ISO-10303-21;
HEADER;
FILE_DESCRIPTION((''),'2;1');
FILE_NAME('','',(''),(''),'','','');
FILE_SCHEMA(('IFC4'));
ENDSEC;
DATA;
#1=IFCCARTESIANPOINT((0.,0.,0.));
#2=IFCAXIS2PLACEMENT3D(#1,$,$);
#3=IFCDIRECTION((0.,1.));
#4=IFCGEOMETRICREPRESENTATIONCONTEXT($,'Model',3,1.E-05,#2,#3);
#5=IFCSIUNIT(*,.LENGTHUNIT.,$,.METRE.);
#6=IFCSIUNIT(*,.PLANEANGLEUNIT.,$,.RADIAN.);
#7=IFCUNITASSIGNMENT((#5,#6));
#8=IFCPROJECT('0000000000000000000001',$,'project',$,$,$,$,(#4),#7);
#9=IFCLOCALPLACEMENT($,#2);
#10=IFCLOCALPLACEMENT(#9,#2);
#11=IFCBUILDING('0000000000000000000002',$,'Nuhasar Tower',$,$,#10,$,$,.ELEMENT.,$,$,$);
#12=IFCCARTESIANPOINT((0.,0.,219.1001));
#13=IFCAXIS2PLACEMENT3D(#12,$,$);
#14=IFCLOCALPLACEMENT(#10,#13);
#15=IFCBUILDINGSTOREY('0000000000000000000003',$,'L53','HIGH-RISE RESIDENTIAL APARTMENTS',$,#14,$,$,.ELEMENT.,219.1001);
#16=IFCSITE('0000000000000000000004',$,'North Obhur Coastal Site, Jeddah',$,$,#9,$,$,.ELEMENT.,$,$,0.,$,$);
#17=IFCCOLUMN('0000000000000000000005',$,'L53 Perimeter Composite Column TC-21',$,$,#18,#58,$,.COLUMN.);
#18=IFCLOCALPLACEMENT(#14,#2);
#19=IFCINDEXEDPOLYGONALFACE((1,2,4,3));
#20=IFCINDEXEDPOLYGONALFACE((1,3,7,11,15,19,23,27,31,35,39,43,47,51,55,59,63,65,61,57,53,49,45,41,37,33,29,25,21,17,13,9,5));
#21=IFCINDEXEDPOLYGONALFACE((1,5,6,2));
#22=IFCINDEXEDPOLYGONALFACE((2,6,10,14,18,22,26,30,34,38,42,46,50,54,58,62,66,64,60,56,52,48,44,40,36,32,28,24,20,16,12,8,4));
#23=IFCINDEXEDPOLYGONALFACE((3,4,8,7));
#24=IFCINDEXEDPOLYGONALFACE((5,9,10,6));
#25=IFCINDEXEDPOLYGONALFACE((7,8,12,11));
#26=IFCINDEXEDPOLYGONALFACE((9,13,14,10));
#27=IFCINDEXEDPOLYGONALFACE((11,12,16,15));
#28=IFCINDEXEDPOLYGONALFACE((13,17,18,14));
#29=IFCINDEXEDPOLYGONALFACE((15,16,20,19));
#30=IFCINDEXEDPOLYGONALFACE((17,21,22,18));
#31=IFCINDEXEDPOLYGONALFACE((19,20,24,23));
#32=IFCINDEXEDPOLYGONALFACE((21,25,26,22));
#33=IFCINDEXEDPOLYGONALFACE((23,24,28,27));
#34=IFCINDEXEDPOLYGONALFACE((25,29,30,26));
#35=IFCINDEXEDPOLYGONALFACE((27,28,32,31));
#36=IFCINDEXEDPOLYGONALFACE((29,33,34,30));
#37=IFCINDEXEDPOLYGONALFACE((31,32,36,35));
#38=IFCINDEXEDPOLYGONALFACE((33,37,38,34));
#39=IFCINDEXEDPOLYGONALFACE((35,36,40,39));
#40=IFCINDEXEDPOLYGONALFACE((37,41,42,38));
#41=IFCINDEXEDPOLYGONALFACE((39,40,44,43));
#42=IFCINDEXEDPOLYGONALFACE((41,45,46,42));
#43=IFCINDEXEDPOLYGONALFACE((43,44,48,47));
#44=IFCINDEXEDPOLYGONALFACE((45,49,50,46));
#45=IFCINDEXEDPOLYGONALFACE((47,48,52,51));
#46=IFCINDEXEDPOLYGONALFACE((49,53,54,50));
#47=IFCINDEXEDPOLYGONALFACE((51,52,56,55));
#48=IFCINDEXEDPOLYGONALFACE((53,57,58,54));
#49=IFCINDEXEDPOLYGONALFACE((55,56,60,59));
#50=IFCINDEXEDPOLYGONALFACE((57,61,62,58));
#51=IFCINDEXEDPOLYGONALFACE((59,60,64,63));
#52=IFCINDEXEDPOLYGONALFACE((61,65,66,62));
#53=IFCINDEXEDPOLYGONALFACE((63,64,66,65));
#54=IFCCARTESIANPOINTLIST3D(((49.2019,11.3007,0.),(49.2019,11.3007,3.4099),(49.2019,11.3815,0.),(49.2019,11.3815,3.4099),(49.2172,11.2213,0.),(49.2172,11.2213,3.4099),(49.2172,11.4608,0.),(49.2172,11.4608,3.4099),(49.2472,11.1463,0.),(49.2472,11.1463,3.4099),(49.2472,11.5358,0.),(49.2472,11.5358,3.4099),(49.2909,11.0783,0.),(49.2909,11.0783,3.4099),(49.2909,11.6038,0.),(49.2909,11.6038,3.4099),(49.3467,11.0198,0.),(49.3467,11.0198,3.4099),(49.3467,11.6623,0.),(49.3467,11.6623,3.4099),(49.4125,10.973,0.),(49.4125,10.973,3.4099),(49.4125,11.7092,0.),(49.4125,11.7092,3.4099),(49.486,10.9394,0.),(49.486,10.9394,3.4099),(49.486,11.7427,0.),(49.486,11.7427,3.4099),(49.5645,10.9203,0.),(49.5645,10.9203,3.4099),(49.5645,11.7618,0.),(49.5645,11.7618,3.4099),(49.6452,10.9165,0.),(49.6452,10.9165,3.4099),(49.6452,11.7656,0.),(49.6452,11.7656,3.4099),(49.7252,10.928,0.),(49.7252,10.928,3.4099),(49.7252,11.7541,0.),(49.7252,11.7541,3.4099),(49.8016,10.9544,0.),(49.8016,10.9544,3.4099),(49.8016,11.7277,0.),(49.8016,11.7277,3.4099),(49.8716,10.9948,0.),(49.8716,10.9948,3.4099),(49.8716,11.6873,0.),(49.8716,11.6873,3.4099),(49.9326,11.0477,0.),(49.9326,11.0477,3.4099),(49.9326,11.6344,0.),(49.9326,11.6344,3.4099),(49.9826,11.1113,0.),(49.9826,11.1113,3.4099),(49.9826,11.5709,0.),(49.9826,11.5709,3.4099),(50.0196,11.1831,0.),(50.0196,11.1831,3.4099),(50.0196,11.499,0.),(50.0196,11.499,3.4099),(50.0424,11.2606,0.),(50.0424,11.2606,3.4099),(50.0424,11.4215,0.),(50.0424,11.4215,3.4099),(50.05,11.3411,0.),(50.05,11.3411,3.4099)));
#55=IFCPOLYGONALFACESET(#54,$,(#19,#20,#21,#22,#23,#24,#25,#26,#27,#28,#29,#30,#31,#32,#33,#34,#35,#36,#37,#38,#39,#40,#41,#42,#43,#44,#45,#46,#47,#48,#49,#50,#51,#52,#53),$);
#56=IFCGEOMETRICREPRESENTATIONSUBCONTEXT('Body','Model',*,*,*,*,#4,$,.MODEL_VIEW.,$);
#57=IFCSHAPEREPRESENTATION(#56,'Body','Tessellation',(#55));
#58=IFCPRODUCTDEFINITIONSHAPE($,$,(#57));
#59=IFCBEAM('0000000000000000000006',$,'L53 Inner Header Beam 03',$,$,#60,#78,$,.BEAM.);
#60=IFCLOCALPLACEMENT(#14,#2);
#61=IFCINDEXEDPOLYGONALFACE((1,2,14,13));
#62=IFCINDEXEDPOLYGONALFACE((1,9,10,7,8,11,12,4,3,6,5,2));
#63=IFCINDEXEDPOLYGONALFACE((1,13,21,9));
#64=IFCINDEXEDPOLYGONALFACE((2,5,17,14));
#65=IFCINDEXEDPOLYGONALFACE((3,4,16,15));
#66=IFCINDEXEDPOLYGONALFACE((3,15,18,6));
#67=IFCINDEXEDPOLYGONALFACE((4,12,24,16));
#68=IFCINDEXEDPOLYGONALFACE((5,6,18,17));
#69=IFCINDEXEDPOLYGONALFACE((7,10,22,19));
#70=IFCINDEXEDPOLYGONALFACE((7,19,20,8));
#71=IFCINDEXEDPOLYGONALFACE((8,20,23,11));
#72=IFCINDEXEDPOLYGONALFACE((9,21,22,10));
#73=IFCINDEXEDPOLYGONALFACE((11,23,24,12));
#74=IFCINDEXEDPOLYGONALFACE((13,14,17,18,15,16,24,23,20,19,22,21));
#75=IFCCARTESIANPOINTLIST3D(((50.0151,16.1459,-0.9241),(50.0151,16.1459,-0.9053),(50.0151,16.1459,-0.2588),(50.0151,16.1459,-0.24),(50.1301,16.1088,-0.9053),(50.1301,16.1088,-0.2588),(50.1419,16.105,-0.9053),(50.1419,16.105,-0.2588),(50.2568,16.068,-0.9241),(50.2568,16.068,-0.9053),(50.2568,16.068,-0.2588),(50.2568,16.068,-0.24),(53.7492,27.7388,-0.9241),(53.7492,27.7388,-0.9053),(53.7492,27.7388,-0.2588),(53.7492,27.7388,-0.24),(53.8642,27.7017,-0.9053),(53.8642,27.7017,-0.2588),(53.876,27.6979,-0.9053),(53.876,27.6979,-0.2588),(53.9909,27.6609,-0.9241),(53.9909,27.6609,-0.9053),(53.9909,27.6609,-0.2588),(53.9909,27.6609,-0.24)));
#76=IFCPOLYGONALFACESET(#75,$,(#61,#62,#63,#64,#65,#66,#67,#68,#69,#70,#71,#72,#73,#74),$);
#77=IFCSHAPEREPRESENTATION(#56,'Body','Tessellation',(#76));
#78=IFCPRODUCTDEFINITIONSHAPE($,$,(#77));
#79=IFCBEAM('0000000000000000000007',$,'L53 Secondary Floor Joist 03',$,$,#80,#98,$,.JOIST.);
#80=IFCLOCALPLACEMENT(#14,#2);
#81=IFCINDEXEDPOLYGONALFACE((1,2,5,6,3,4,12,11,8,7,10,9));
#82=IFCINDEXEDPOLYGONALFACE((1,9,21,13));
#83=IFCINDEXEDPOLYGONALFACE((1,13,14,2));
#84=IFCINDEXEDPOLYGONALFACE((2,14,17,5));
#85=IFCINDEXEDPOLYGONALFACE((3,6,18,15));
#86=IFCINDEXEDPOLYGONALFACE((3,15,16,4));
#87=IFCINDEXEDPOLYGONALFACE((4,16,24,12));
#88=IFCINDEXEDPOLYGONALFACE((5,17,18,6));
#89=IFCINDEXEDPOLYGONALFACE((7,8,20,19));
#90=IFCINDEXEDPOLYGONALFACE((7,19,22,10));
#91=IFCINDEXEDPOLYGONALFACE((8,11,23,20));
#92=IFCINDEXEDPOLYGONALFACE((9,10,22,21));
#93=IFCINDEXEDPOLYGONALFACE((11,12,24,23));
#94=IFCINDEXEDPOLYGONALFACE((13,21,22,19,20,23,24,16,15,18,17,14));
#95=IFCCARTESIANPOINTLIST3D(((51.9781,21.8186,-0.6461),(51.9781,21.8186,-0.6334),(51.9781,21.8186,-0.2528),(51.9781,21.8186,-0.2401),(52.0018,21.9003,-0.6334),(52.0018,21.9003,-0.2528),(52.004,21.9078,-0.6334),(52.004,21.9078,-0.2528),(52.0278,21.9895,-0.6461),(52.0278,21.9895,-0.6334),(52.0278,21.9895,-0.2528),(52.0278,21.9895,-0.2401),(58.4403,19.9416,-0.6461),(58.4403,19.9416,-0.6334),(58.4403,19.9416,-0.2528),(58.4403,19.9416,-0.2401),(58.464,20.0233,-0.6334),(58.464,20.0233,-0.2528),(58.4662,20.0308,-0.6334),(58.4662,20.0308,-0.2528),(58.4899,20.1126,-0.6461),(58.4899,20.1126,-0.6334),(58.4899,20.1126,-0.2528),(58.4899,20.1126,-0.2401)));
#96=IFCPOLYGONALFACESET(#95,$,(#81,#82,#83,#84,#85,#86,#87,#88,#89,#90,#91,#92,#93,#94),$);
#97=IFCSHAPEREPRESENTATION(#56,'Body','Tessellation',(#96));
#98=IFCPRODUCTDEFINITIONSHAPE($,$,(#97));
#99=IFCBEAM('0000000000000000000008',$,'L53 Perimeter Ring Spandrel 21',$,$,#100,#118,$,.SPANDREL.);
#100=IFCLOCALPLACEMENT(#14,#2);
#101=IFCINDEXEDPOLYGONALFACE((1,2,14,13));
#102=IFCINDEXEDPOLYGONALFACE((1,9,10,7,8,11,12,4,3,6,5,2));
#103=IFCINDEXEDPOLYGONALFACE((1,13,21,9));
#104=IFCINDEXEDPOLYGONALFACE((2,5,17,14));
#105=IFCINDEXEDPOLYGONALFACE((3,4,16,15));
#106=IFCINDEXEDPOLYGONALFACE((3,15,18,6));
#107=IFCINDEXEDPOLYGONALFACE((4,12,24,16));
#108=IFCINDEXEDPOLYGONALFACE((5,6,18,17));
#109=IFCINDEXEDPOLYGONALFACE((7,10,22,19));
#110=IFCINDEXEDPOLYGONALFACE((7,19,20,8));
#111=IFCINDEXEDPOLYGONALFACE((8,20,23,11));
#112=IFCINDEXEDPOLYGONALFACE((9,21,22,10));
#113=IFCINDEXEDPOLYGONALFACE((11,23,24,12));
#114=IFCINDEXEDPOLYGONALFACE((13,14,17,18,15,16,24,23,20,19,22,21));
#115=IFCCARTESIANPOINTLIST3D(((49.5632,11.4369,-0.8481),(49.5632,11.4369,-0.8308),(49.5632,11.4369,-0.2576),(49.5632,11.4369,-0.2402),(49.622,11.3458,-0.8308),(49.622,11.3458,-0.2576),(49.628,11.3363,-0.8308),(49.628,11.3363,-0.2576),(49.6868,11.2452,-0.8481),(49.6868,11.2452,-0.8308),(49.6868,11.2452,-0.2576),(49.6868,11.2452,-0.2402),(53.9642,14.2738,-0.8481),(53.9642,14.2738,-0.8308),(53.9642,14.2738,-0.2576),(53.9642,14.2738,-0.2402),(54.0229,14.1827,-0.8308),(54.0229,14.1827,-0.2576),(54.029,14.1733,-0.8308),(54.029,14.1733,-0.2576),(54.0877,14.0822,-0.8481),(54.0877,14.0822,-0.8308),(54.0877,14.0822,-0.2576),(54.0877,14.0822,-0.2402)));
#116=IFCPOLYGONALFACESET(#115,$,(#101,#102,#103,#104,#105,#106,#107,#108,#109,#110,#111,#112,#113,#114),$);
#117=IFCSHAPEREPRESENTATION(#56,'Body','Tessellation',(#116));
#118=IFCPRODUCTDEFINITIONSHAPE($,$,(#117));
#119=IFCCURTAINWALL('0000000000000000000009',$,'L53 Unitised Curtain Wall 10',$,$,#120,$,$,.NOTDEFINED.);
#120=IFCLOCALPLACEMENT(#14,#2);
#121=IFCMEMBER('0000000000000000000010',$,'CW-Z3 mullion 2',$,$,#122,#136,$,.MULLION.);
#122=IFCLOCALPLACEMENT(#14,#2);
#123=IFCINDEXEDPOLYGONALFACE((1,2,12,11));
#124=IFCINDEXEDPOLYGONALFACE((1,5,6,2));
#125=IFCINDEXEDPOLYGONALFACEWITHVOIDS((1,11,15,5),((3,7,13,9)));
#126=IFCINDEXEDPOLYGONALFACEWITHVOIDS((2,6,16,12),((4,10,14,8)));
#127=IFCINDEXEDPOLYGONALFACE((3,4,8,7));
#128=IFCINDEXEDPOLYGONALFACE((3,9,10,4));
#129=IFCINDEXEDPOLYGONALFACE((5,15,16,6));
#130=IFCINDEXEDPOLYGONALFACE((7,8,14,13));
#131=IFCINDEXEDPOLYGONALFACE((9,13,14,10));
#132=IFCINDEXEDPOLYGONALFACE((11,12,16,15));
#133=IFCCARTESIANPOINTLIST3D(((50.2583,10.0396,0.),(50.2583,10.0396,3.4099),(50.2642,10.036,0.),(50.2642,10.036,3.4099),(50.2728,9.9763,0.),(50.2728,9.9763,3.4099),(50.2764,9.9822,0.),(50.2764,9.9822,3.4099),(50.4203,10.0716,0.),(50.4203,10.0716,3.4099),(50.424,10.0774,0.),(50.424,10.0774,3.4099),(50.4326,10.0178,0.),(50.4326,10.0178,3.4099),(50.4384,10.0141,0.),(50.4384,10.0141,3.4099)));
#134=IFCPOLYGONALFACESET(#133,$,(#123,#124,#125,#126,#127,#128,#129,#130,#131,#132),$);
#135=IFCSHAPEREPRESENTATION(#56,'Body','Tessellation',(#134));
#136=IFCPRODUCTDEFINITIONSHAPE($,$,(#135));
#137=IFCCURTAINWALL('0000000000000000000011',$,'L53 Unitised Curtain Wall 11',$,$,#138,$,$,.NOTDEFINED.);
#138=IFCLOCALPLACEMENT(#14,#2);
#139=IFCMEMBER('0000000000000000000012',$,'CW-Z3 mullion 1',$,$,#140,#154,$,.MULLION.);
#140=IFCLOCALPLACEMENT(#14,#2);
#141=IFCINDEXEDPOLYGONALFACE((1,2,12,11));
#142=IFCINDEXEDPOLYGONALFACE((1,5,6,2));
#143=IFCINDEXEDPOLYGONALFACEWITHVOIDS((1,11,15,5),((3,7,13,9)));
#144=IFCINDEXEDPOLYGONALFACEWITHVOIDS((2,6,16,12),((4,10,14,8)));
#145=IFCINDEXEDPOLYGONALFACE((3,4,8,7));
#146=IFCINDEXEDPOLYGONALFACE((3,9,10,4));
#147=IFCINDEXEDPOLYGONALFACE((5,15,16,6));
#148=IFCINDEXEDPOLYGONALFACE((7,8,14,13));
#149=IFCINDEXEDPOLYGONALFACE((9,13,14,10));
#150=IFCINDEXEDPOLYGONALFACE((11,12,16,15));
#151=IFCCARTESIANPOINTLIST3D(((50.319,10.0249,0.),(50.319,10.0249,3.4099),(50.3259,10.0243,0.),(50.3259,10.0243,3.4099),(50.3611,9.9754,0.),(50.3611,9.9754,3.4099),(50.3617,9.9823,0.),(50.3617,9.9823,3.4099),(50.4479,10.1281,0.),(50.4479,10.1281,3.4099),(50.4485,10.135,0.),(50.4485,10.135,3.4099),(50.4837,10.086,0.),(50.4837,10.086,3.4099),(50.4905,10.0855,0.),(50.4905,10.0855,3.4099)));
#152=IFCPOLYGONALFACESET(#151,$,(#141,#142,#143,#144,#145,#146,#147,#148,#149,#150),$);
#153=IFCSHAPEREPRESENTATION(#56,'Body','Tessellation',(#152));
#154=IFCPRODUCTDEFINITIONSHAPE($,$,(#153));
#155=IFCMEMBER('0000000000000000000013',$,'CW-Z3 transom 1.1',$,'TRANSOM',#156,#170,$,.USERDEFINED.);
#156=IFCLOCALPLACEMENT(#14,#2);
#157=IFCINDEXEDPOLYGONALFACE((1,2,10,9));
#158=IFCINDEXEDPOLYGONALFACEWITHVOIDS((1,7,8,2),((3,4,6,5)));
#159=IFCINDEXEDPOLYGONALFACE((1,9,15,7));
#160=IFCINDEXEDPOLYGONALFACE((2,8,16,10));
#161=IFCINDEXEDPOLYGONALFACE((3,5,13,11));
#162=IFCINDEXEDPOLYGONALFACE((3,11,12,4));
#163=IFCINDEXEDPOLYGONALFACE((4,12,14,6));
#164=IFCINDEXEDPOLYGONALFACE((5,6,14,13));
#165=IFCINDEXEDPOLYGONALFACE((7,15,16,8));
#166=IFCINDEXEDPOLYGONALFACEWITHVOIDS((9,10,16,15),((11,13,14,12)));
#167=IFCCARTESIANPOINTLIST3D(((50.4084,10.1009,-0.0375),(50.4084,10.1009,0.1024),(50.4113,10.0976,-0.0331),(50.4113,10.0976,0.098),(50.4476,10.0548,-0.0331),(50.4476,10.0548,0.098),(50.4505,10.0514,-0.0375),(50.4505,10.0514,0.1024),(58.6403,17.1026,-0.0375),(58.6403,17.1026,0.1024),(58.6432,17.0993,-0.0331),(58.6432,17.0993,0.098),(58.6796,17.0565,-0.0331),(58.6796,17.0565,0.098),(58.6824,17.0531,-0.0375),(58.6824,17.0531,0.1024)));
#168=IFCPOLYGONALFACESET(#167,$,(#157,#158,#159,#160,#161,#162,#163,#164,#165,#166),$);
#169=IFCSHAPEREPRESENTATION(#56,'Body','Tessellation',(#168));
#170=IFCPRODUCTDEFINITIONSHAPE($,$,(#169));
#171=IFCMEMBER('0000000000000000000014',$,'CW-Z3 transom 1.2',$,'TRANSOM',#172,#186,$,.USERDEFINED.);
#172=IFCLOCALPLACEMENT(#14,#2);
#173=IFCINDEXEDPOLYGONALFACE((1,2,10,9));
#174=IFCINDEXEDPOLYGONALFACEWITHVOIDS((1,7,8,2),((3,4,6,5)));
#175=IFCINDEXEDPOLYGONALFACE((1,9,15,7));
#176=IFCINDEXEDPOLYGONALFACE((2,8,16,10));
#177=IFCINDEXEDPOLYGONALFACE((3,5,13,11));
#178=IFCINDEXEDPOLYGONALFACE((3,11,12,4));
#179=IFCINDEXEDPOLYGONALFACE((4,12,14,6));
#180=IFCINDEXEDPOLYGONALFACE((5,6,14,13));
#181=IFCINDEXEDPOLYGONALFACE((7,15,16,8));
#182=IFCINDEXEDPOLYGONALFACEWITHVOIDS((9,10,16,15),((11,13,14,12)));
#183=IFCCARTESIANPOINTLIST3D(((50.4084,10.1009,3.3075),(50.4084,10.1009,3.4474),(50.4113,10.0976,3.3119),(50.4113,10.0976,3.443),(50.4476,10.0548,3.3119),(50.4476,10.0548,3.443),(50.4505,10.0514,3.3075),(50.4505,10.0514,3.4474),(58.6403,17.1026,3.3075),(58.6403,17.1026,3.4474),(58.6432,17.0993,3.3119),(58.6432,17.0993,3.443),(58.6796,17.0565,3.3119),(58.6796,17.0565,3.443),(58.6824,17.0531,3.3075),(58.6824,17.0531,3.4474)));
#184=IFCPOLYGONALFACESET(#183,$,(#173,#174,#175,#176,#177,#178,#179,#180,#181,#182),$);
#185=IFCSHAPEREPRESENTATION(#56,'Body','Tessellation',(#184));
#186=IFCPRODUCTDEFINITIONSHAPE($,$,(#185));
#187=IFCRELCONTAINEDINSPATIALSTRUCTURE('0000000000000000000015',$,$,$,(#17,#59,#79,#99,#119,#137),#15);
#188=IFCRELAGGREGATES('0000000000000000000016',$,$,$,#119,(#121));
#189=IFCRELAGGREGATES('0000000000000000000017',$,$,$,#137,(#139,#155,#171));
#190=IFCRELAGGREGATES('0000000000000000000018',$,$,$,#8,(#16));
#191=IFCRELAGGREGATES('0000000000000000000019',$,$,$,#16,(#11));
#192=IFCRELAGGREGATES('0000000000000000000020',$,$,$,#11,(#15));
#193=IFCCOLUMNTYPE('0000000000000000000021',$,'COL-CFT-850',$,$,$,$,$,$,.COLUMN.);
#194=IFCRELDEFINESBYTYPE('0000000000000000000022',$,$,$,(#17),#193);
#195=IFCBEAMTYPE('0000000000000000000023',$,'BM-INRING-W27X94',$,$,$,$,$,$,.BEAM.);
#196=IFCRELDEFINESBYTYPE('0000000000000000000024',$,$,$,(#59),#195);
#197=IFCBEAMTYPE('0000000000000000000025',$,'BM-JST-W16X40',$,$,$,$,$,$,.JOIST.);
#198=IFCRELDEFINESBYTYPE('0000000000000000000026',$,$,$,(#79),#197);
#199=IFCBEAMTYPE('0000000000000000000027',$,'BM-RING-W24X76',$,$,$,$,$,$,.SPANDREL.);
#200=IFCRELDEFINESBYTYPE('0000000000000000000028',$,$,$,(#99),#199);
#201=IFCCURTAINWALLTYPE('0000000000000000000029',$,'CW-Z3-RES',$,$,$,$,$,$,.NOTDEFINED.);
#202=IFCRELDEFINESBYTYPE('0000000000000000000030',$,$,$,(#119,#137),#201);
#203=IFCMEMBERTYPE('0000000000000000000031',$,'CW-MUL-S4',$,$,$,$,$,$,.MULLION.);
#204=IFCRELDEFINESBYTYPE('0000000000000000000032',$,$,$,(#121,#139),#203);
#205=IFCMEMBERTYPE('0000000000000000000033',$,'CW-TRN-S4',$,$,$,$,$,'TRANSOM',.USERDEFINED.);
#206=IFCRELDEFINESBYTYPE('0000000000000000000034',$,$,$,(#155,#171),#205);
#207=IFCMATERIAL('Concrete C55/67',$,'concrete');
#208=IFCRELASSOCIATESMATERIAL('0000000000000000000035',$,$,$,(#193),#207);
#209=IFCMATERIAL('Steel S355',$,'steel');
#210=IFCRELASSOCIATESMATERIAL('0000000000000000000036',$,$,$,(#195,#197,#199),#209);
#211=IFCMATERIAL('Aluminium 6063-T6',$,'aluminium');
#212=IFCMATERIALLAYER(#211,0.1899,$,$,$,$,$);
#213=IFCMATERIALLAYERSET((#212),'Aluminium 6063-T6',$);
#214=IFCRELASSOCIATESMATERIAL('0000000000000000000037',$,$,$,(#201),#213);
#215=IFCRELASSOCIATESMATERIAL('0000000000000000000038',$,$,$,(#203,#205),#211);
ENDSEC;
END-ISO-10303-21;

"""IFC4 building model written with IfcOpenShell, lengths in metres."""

from ifc_helpers import new_model, si_unit, direction, frame, origin, origin_2d, place, context, subcontext, project, spatial, hollow_rectangle, circle, i_section, extrude, material, layer, layer_set, material_profile, profile_set, type_object, element, aggregate, save


model = new_model("IFC4")

# Units and contexts
model_context = context("Model", 3, precision=1e-05, world=origin(), true_north=direction((0.0, 1.0)))
body_context = subcontext(model_context, "Body", "Model", "MODEL_VIEW")
ifc_project = project(units=[si_unit("LENGTHUNIT", "METRE"), si_unit("PLANEANGLEUNIT", "RADIAN")], contexts=[model_context])

# Site, building, storey
site_placement = place(None, origin())
site = spatial("IfcSite", under=ifc_project, at=site_placement, Name="North Obhur Coastal Site, Jeddah", CompositionType="ELEMENT", RefElevation=0.0)
building_placement = place(site_placement, origin())
building = spatial("IfcBuilding", under=site, at=building_placement, Name="Nuhasar Tower", CompositionType="ELEMENT")
storey_placement = place(building_placement, frame((0.0, 0.0, 219.1001)))
storey = spatial("IfcBuildingStorey", under=building, at=storey_placement, Name="L53", Description="HIGH-RISE RESIDENTIAL APARTMENTS", CompositionType="ELEMENT", Elevation=219.1001)

# Column
ifc_material_1 = material(Name="Concrete C55/67", Category="concrete")
ifc_material_profile_1 = material_profile(ifc_material_1, circle(Radius=0.425, at=origin_2d()), Name="CFT850")
ifc_profile_set_1 = profile_set([ifc_material_profile_1], Name="Concrete C55/67")
column_type = type_object("IfcColumnType", Name="COL-CFT-850", PredefinedType="COLUMN", material=ifc_profile_set_1)
column_placement = place(storey_placement, frame((49.625, 11.3411, 0.0), z_axis=(0.0, 0.0, 1.0), x_axis=(1.0, 0.0, 0.0)))
element("IfcColumn", 1, at=column_placement, inside=storey, type_object=column_type, Name="L53 Perimeter Composite Column TC-21", PredefinedType="COLUMN", context=body_context, shape_type="SweptSolid", body=[
    extrude(circle(Radius=0.425, at=origin_2d()), origin(), (0.0, 0.0, 1.0), 3.4099),
])

# Beams
ifc_material_2 = material(Name="Steel S355", Category="steel")
ifc_material_profile_2 = material_profile(ifc_material_2, i_section(OverallWidth=0.2539, OverallDepth=0.6841, WebThickness=0.0125, FlangeThickness=0.0188, at=origin_2d()), Name="W27X94")
ifc_profile_set_2 = profile_set([ifc_material_profile_2], Name="Steel S355")
beam_type_1 = type_object("IfcBeamType", Name="BM-INRING-W27X94", PredefinedType="BEAM", material=ifc_profile_set_2)
beam_1_placement = place(storey_placement, frame((50.136, 16.1069, -0.582), z_axis=(0.30659, 0.951842, 0.0), x_axis=(-0.951842, 0.30659, 0.0)))
element("IfcBeam", 2, at=beam_1_placement, inside=storey, type_object=beam_type_1, Name="L53 Inner Header Beam 03", PredefinedType="BEAM", context=body_context, shape_type="SweptSolid", body=[
    extrude(i_section(OverallWidth=0.2539, OverallDepth=0.6841, WebThickness=0.0125, FlangeThickness=0.0188, at=origin_2d()), origin(), (0.0, 0.0, 1.0), 12.1794),
])
ifc_material_profile_3 = material_profile(ifc_material_2, i_section(OverallWidth=0.178, OverallDepth=0.406, WebThickness=0.0078, FlangeThickness=0.0127, at=origin_2d()), Name="W16X40")
ifc_profile_set_3 = profile_set([ifc_material_profile_3], Name="Steel S355")
beam_type_2 = type_object("IfcBeamType", Name="BM-JST-W16X40", PredefinedType="JOIST", material=ifc_profile_set_3)
beam_2_placement = place(storey_placement, frame((52.0029, 21.9041, -0.4431), z_axis=(0.960313, -0.278926, 0.0), x_axis=(0.278926, 0.960313, 0.0)))
element("IfcBeam", 3, at=beam_2_placement, inside=storey, type_object=beam_type_2, Name="L53 Secondary Floor Joist 03", PredefinedType="JOIST", context=body_context, shape_type="SweptSolid", body=[
    extrude(i_section(OverallWidth=0.178, OverallDepth=0.406, WebThickness=0.0078, FlangeThickness=0.0127, at=origin_2d()), origin(), (0.0, 0.0, 1.0), 6.7292),
])
ifc_material_profile_4 = material_profile(ifc_material_2, i_section(OverallWidth=0.228, OverallDepth=0.6079, WebThickness=0.0112, FlangeThickness=0.0173, at=origin_2d()), Name="W24X76")
ifc_profile_set_4 = profile_set([ifc_material_profile_4], Name="Steel S355")
beam_type_3 = type_object("IfcBeamType", Name="BM-RING-W24X76", PredefinedType="SPANDREL", material=ifc_profile_set_4)
beam_3_placement = place(storey_placement, frame((49.625, 11.3411, -0.5442), z_axis=(0.840502, 0.541808, 0.0), x_axis=(-0.541808, 0.840502, 0.0)))
element("IfcBeam", 4, at=beam_3_placement, inside=storey, type_object=beam_type_3, Name="L53 Perimeter Ring Spandrel 21", PredefinedType="SPANDREL", context=body_context, shape_type="SweptSolid", body=[
    extrude(i_section(OverallWidth=0.228, OverallDepth=0.6079, WebThickness=0.0112, FlangeThickness=0.0173, at=origin_2d()), origin(), (0.0, 0.0, 1.0), 5.2361),
])

# Curtain wall, member
ifc_material_3 = material(Name="Aluminium 6063-T6", Category="aluminium")
ifc_layer_1 = layer(ifc_material_3, 0.1899)
ifc_layer_set_1 = layer_set([ifc_layer_1], Name="Aluminium 6063-T6")
curtain_wall_type = type_object("IfcCurtainWallType", Name="CW-Z3-RES", PredefinedType="NOTDEFINED", material=ifc_layer_set_1)
curtain_wall_1_placement = place(storey_placement, origin())
curtain_wall_1 = element("IfcCurtainWall", 5, at=curtain_wall_1_placement, inside=storey, type_object=curtain_wall_type, Name="L53 Unitised Curtain Wall 10", PredefinedType="NOTDEFINED")
ifc_material_profile_5 = material_profile(ifc_material_3, hollow_rectangle(XDim=0.0649, YDim=0.1699, WallThickness=0.0049, at=origin_2d()), Name="CWM-4")
ifc_profile_set_5 = profile_set([ifc_material_profile_5], Name="Aluminium 6063-T6")
member_type_1 = type_object("IfcMemberType", Name="CW-MUL-S4", PredefinedType="MULLION", material=ifc_profile_set_5)
member_1_placement = place(storey_placement, frame((50.3484, 10.0269, 0.0), z_axis=(0.0, 0.0, 1.0), x_axis=(-0.222243, 0.974991, 0.0)))
member_1 = element("IfcMember", 6, at=member_1_placement, type_object=member_type_1, Name="CW-Z3 mullion 2", PredefinedType="MULLION", context=body_context, shape_type="SweptSolid", body=[
    extrude(hollow_rectangle(XDim=0.0649, YDim=0.1699, WallThickness=0.0049, at=origin_2d()), origin(), (0.0, 0.0, 1.0), 3.4099),
])
aggregate(curtain_wall_1, [member_1])

# Curtain wall, members
curtain_wall_2_placement = place(storey_placement, origin())
curtain_wall_2 = element("IfcCurtainWall", 7, at=curtain_wall_2_placement, inside=storey, type_object=curtain_wall_type, Name="L53 Unitised Curtain Wall 11", PredefinedType="NOTDEFINED")
member_2_placement = place(storey_placement, frame((50.4048, 10.0552, 0.0), z_axis=(0.0, 0.0, 1.0), x_axis=(-0.647895, 0.761729, 0.0)))
member_2 = element("IfcMember", 8, at=member_2_placement, type_object=member_type_1, Name="CW-Z3 mullion 1", PredefinedType="MULLION", context=body_context, shape_type="SweptSolid", body=[
    extrude(hollow_rectangle(XDim=0.0649, YDim=0.1699, WallThickness=0.0049, at=origin_2d()), origin(), (0.0, 0.0, 1.0), 3.4099),
])
ifc_material_profile_6 = material_profile(ifc_material_3, hollow_rectangle(XDim=0.0649, YDim=0.1399, WallThickness=0.0044, at=origin_2d()), Name="CWT-4")
ifc_profile_set_6 = profile_set([ifc_material_profile_6], Name="Aluminium 6063-T6")
member_type_2 = type_object("IfcMemberType", Name="CW-TRN-S4", ElementType="TRANSOM", PredefinedType="USERDEFINED", material=ifc_profile_set_6)
member_3_placement = place(storey_placement, frame((50.4294, 10.0762, 0.0325), z_axis=(0.761731, 0.647894, 0.0), x_axis=(-0.647894, 0.761731, 0.0)))
member_3 = element("IfcMember", 9, at=member_3_placement, type_object=member_type_2, Name="CW-Z3 transom 1.1", ObjectType="TRANSOM", PredefinedType="USERDEFINED", context=body_context, shape_type="SweptSolid", body=[
    extrude(hollow_rectangle(XDim=0.0649, YDim=0.1399, WallThickness=0.0044, at=origin_2d()), origin(), (0.0, 0.0, 1.0), 10.8069),
])
member_4_placement = place(storey_placement, frame((50.4294, 10.0762, 3.3774), z_axis=(0.761731, 0.647894, 0.0), x_axis=(-0.647894, 0.761731, 0.0)))
member_4 = element("IfcMember", 10, at=member_4_placement, type_object=member_type_2, Name="CW-Z3 transom 1.2", ObjectType="TRANSOM", PredefinedType="USERDEFINED", context=body_context, shape_type="SweptSolid", body=[
    extrude(hollow_rectangle(XDim=0.0649, YDim=0.1399, WallThickness=0.0044, at=origin_2d()), origin(), (0.0, 0.0, 1.0), 10.8069),
])
aggregate(curtain_wall_2, [member_2, member_3, member_4])

save(model, "model.ifc")
